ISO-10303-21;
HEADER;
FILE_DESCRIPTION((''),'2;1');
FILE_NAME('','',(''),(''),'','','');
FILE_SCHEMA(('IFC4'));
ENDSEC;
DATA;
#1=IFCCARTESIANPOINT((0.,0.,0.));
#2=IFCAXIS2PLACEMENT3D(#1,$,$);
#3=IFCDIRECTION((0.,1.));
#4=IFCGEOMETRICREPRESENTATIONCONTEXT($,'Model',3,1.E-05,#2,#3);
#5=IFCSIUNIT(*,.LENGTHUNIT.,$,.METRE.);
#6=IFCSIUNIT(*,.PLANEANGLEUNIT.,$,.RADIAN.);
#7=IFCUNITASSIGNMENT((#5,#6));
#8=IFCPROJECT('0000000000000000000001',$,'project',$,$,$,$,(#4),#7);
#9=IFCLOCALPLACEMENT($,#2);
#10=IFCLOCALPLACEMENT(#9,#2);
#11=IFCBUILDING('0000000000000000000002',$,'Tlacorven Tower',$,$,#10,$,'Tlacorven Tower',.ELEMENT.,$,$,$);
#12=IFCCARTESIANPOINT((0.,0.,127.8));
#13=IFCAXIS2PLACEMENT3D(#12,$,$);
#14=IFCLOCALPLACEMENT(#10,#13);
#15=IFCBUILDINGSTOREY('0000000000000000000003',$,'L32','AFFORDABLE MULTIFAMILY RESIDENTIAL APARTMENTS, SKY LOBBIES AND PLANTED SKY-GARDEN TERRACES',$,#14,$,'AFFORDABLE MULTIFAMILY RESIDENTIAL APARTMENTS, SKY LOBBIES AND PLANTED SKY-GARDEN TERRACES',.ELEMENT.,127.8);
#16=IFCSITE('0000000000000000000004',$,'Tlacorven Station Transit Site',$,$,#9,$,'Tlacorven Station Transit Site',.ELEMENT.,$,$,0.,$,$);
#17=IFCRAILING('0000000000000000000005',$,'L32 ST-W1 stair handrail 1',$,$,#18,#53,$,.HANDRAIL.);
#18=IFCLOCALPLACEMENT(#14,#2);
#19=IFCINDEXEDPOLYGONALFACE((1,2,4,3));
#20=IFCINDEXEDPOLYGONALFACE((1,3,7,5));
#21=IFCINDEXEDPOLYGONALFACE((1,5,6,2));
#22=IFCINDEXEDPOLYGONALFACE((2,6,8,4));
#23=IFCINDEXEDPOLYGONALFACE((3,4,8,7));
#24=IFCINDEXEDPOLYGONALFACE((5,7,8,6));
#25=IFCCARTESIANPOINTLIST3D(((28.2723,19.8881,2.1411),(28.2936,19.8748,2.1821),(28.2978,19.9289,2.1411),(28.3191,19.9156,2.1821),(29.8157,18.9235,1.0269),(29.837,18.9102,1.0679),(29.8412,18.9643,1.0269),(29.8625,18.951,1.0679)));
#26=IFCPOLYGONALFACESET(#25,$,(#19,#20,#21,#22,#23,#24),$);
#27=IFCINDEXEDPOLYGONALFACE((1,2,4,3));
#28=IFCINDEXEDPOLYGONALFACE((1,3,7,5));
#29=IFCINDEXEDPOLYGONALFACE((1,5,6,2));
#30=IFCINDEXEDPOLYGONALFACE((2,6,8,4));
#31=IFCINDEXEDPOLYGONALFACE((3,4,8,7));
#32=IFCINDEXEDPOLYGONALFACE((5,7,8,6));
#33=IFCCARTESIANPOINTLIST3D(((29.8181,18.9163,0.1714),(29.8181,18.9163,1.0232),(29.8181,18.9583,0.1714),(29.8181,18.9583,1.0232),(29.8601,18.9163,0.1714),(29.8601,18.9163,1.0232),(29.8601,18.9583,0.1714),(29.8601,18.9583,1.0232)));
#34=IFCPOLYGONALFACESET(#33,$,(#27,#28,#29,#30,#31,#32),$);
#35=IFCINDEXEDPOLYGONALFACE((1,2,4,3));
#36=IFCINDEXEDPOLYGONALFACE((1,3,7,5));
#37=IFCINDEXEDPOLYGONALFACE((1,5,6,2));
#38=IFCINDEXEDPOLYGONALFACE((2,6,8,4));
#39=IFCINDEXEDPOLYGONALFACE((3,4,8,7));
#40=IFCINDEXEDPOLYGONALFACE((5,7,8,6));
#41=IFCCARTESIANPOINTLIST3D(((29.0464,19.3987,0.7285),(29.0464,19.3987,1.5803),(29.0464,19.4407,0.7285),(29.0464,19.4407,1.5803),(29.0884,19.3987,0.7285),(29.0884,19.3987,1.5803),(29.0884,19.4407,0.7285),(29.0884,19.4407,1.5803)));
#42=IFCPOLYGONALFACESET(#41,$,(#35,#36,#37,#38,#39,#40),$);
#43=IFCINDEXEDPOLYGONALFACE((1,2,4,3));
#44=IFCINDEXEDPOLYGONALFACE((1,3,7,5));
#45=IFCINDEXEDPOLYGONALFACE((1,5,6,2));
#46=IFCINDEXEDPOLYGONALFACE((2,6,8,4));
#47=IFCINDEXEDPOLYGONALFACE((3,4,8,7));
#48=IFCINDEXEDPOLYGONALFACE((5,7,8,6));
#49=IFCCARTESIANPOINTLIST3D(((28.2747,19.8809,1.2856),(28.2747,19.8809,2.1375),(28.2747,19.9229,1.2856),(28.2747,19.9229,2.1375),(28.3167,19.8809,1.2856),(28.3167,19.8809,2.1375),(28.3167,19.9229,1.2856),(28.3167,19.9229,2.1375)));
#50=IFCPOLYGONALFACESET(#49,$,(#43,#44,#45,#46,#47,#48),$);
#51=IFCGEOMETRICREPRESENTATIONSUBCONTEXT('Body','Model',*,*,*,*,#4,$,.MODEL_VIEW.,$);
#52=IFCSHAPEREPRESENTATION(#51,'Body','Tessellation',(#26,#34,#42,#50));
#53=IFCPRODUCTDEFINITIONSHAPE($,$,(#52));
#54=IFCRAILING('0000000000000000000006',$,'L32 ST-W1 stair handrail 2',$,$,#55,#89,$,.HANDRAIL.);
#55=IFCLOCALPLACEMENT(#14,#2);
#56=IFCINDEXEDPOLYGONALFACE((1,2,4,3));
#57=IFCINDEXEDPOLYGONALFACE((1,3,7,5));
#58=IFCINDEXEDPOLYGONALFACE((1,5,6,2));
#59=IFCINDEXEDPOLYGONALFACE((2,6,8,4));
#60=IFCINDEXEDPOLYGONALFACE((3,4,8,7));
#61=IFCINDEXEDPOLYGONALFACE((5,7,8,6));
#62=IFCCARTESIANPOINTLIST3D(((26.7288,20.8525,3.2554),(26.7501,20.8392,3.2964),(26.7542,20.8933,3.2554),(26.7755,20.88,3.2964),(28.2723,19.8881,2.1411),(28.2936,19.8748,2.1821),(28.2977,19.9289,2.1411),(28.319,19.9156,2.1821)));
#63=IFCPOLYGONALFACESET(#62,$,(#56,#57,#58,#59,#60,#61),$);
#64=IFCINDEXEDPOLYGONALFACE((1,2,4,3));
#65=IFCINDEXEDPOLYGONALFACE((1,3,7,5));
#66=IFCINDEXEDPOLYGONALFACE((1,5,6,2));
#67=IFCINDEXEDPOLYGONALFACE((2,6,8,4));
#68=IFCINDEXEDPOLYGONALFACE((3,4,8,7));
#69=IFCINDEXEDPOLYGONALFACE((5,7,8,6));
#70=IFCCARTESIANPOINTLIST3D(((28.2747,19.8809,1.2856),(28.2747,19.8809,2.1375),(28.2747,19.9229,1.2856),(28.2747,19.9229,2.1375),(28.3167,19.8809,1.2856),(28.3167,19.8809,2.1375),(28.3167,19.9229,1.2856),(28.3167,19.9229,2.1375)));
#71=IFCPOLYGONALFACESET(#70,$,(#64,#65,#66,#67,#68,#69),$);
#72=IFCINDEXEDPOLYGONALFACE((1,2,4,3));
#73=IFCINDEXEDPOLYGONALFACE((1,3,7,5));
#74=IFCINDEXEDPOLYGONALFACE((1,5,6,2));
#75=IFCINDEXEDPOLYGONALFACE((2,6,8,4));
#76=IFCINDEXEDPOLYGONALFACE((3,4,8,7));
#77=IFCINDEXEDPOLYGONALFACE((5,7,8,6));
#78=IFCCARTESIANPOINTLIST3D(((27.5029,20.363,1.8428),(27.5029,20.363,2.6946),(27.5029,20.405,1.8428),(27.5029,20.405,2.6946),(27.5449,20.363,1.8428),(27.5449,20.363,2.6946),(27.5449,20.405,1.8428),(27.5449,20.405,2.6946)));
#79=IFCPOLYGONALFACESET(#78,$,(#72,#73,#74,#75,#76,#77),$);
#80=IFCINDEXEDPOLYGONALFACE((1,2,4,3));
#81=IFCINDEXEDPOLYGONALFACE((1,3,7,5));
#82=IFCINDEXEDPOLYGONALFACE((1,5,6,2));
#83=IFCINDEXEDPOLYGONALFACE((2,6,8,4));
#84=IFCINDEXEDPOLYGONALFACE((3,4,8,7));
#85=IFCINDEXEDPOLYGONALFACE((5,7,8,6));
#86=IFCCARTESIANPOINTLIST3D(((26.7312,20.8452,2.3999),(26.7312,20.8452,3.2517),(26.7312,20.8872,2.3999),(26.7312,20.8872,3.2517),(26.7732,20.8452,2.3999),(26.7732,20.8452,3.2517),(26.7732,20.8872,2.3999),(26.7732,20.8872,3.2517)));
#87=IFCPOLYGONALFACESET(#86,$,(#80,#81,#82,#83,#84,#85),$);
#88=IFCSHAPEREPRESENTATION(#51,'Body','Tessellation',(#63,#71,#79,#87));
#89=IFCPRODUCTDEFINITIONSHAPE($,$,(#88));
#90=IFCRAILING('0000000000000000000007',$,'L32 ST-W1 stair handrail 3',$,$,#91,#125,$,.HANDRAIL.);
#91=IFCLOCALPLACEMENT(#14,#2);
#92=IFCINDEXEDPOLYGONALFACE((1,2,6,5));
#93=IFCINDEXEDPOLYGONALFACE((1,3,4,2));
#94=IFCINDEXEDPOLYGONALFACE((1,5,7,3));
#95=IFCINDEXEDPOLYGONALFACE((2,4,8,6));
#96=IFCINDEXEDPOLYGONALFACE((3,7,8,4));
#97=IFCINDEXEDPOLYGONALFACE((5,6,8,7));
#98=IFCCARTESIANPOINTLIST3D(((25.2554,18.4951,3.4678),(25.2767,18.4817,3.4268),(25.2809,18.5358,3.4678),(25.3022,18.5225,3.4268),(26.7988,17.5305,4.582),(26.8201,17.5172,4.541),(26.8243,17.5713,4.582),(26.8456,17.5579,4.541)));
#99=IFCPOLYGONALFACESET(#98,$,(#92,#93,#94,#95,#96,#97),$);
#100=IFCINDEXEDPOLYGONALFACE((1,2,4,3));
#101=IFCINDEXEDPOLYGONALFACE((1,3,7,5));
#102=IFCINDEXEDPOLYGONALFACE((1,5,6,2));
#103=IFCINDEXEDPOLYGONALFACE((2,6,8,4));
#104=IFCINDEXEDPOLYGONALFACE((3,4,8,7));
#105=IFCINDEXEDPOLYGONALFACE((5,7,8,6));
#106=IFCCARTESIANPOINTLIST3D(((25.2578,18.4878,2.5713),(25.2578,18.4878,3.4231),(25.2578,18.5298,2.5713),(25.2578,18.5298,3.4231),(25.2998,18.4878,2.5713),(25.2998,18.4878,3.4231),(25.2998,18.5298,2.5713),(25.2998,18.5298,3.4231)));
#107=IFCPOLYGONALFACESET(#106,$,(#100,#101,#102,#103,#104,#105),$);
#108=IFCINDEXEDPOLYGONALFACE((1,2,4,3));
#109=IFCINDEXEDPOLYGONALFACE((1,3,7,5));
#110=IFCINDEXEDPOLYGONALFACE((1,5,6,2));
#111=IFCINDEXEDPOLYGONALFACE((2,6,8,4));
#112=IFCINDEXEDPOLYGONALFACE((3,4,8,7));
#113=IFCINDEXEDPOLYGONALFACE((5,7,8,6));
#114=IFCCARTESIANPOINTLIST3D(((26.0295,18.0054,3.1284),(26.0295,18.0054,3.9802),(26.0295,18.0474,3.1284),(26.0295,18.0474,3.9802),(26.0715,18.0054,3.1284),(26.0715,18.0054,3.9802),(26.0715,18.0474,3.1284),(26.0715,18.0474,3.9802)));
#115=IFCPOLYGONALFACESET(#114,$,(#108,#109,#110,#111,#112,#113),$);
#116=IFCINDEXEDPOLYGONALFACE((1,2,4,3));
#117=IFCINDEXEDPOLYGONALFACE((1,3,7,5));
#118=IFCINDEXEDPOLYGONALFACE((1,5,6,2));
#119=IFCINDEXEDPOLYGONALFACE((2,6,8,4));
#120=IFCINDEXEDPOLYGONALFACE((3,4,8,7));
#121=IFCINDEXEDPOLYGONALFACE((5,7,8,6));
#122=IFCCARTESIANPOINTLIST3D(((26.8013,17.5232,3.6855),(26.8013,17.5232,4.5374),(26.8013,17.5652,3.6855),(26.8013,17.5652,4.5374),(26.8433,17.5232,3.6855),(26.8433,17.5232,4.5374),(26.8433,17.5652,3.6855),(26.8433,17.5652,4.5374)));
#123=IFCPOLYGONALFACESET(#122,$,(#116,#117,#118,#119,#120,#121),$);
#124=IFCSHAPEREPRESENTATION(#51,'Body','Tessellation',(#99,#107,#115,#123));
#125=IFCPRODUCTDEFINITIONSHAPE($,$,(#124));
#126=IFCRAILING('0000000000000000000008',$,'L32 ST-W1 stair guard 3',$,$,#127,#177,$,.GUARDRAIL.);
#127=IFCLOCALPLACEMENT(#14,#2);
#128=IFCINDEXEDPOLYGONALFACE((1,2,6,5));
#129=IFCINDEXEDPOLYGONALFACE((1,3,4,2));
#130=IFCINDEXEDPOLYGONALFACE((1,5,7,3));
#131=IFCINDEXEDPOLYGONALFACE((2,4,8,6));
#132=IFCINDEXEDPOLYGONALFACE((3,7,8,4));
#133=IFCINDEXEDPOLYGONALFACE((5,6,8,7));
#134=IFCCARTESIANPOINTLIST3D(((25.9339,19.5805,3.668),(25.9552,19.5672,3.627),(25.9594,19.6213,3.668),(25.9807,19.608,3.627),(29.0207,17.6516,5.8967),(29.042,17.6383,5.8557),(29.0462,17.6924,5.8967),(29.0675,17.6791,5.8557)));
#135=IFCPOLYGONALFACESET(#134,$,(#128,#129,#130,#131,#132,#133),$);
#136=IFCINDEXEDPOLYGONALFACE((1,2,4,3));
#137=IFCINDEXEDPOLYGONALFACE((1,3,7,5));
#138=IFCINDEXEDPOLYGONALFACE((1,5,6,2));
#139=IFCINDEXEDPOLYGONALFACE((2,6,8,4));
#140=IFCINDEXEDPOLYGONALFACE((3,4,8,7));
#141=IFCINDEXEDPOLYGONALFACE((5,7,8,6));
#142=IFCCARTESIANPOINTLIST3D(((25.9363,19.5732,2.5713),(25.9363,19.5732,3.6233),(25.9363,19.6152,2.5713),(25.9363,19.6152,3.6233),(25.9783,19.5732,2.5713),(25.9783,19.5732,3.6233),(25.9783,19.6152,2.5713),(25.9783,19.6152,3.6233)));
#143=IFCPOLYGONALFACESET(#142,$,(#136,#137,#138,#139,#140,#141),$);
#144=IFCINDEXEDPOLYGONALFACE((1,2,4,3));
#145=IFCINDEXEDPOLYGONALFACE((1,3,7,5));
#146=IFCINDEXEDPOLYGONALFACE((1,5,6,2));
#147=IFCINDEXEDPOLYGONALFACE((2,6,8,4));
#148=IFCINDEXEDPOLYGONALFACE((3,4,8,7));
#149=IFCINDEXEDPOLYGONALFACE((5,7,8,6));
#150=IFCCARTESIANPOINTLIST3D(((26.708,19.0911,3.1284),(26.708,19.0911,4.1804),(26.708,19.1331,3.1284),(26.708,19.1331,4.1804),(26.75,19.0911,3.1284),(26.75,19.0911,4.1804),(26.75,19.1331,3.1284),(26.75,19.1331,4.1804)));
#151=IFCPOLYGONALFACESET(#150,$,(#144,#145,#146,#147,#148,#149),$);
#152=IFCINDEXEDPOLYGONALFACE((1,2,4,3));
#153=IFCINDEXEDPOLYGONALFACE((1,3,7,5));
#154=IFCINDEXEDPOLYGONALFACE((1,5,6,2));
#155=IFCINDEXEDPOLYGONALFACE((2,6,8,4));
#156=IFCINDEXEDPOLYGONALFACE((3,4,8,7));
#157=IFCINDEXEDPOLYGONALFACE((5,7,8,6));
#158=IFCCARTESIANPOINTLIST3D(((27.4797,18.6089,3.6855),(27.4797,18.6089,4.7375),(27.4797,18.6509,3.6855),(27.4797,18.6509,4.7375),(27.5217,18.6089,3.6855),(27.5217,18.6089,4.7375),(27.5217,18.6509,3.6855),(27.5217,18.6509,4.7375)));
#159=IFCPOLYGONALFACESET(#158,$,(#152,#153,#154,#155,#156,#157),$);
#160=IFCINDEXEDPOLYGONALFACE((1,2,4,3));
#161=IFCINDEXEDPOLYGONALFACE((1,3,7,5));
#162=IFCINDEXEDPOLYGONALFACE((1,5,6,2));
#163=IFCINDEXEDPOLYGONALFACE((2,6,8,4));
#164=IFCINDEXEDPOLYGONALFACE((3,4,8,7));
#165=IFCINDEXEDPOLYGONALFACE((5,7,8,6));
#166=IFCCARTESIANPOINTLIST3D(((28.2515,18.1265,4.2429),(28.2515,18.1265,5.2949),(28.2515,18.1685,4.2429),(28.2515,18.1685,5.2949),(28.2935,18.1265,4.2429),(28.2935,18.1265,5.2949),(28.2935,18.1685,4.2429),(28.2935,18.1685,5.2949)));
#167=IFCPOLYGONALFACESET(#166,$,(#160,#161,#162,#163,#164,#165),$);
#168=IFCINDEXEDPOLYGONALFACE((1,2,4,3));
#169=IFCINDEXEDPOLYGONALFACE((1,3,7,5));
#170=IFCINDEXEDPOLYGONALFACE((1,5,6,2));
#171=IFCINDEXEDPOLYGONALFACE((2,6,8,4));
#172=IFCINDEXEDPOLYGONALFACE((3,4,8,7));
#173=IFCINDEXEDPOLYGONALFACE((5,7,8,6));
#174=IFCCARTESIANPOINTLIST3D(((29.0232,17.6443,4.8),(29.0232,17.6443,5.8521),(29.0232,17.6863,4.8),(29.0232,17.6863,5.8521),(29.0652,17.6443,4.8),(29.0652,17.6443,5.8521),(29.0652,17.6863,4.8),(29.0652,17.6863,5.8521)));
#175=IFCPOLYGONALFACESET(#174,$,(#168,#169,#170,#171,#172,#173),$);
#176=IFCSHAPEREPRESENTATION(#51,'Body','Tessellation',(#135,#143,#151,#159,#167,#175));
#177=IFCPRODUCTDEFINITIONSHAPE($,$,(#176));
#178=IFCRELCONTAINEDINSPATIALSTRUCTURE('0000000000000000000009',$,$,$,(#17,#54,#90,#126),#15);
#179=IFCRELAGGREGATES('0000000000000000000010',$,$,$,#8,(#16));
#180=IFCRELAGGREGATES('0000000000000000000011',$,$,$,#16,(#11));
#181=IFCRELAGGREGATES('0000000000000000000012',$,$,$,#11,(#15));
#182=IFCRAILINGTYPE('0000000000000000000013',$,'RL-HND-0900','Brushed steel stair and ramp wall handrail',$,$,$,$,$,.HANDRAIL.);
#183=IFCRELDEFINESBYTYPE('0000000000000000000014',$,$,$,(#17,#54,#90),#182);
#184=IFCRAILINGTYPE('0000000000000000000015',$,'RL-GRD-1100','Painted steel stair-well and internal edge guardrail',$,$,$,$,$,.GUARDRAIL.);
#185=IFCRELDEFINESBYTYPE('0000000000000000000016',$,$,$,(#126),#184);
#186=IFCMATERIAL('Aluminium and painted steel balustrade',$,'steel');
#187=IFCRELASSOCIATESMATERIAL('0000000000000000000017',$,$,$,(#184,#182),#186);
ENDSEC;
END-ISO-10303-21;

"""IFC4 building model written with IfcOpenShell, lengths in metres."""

from ifc_helpers import new_model, si_unit, direction, frame, origin, origin_2d, place, context, subcontext, project, spatial, rectangle, extrude, source, transform, mapped, material, type_object, element, save


model = new_model("IFC4")

# Units and contexts
model_context = context("Model", 3, precision=1e-05, world=origin(), true_north=direction((0.0, 1.0)))
body_context = subcontext(model_context, "Body", "Model", "MODEL_VIEW")
ifc_project = project(units=[si_unit("LENGTHUNIT", "METRE"), si_unit("PLANEANGLEUNIT", "RADIAN")], contexts=[model_context])

# Site, building, storey
site_placement = place(None, origin())
site = spatial("IfcSite", under=ifc_project, at=site_placement, Name="Tlacorven Station Transit Site", LongName="Tlacorven Station Transit Site", CompositionType="ELEMENT", RefElevation=0.0)
building_placement = place(site_placement, origin())
building = spatial("IfcBuilding", under=site, at=building_placement, Name="Tlacorven Tower", LongName="Tlacorven Tower", CompositionType="ELEMENT")
storey_placement = place(building_placement, frame((0.0, 0.0, 127.8)))
storey = spatial("IfcBuildingStorey", under=building, at=storey_placement, Name="L32", Description="AFFORDABLE MULTIFAMILY RESIDENTIAL APARTMENTS, SKY LOBBIES AND PLANTED SKY-GARDEN TERRACES", LongName="AFFORDABLE MULTIFAMILY RESIDENTIAL APARTMENTS, SKY LOBBIES AND PLANTED SKY-GARDEN TERRACES", CompositionType="ELEMENT", Elevation=127.8)

# Railings
ifc_material_1 = material(Name="Aluminium and painted steel balustrade", Category="steel")
railing_type_1 = type_object("IfcRailingType", Name="RL-GRD-1100", Description="Painted steel stair-well and internal edge guardrail", PredefinedType="GUARDRAIL", material=ifc_material_1)
railing_type_2 = type_object("IfcRailingType", Name="RL-HND-0900", Description="Brushed steel stair and ramp wall handrail", PredefinedType="HANDRAIL", material=ifc_material_1)
shared_shape_1 = source(origin(), body_context, "Body", "SweptSolid", [
    extrude(rectangle(XDim=0.0481, YDim=0.0481, at=origin_2d()), frame((0.0, 0.0, 0.876), z_axis=(-0.723244, 0.451999, 0.522126), x_axis=(-0.529975, -0.848013, 0.0)), (0.0, 0.0, 1.0), 2.134),
    extrude(rectangle(XDim=0.042, YDim=0.042, at=origin_2d()), origin(), (0.0, 0.0, 1.0), 0.8518),
    extrude(rectangle(XDim=0.042, YDim=0.042, at=origin_2d()), frame((-0.7717, 0.4824, 0.5571)), (0.0, 0.0, 1.0), 0.8518),
    extrude(rectangle(XDim=0.042, YDim=0.042, at=origin_2d()), frame((-1.5435, 0.9646, 1.1143)), (0.0, 0.0, 1.0), 0.8518),
])
railing_1_placement = place(storey_placement, frame((29.8391, 18.9373, 0.1714)))
element("IfcRailing", 1, at=railing_1_placement, inside=storey, type_object=railing_type_2, Name="L32 ST-W1 stair handrail 1", PredefinedType="HANDRAIL", context=body_context, shape_type="MappedRepresentation", body=[
    mapped(shared_shape_1, transform((0.0, 0.0, 0.0), scale=1.0)),
])
shared_shape_2 = source(origin(), body_context, "Body", "SweptSolid", [
    extrude(rectangle(XDim=0.0481, YDim=0.0481, at=origin_2d()), frame((0.0, 0.0, 0.876), z_axis=(-0.723281, 0.451908, 0.522153), x_axis=(-0.529878, -0.848074, 0.0)), (0.0, 0.0, 1.0), 2.134),
    extrude(rectangle(XDim=0.042, YDim=0.042, at=origin_2d()), origin(), (0.0, 0.0, 1.0), 0.8518),
    extrude(rectangle(XDim=0.042, YDim=0.042, at=origin_2d()), frame((-0.7717, 0.4822, 0.5571)), (0.0, 0.0, 1.0), 0.8518),
    extrude(rectangle(XDim=0.042, YDim=0.042, at=origin_2d()), frame((-1.5435, 0.9644, 1.1143)), (0.0, 0.0, 1.0), 0.8518),
])
railing_2_placement = place(storey_placement, frame((28.2957, 19.9019, 1.2856)))
element("IfcRailing", 2, at=railing_2_placement, inside=storey, type_object=railing_type_2, Name="L32 ST-W1 stair handrail 2", PredefinedType="HANDRAIL", context=body_context, shape_type="MappedRepresentation", body=[
    mapped(shared_shape_2, transform((0.0, 0.0, 0.0), scale=1.0)),
])
shared_shape_3 = source(origin(), body_context, "Body", "SweptSolid", [
    extrude(rectangle(XDim=0.0481, YDim=0.0481, at=origin_2d()), frame((0.0, 0.0, 0.876), z_axis=(0.723244, -0.451999, 0.522126), x_axis=(0.529975, 0.848013, 0.0)), (0.0, 0.0, 1.0), 2.134),
    extrude(rectangle(XDim=0.042, YDim=0.042, at=origin_2d()), origin(), (0.0, 0.0, 1.0), 0.8518),
    extrude(rectangle(XDim=0.042, YDim=0.042, at=origin_2d()), frame((0.7717, -0.4824, 0.5571)), (0.0, 0.0, 1.0), 0.8518),
    extrude(rectangle(XDim=0.042, YDim=0.042, at=origin_2d()), frame((1.5435, -0.9646, 1.1143)), (0.0, 0.0, 1.0), 0.8518),
])
railing_3_placement = place(storey_placement, frame((25.2788, 18.5088, 2.5713)))
element("IfcRailing", 3, at=railing_3_placement, inside=storey, type_object=railing_type_2, Name="L32 ST-W1 stair handrail 3", PredefinedType="HANDRAIL", context=body_context, shape_type="MappedRepresentation", body=[
    mapped(shared_shape_3, transform((0.0, 0.0, 0.0), scale=1.0)),
])
shared_shape_4 = source(origin(), body_context, "Body", "SweptSolid", [
    extrude(rectangle(XDim=0.0481, YDim=0.0481, at=origin_2d()), frame((0.0, 0.0, 1.0762), z_axis=(0.723241, -0.45194, 0.522182), x_axis=(0.529927, 0.848044, 0.0)), (0.0, 0.0, 1.0), 4.2681),
    extrude(rectangle(XDim=0.042, YDim=0.042, at=origin_2d()), origin(), (0.0, 0.0, 1.0), 1.052),
    extrude(rectangle(XDim=0.042, YDim=0.042, at=origin_2d()), frame((0.7717, -0.4822, 0.5571)), (0.0, 0.0, 1.0), 1.052),
    extrude(rectangle(XDim=0.042, YDim=0.042, at=origin_2d()), frame((1.5435, -0.9644, 1.1143)), (0.0, 0.0, 1.0), 1.052),
    extrude(rectangle(XDim=0.042, YDim=0.042, at=origin_2d()), frame((2.3152, -1.4468, 1.6716)), (0.0, 0.0, 1.0), 1.052),
    extrude(rectangle(XDim=0.042, YDim=0.042, at=origin_2d()), frame((3.0869, -1.929, 2.2288)), (0.0, 0.0, 1.0), 1.052),
])
railing_4_placement = place(storey_placement, frame((25.9573, 19.5942, 2.5713)))
element("IfcRailing", 4, at=railing_4_placement, inside=storey, type_object=railing_type_1, Name="L32 ST-W1 stair guard 3", PredefinedType="GUARDRAIL", context=body_context, shape_type="MappedRepresentation", body=[
    mapped(shared_shape_4, transform((0.0, 0.0, 0.0), scale=1.0)),
])

save(model, "model.ifc")
